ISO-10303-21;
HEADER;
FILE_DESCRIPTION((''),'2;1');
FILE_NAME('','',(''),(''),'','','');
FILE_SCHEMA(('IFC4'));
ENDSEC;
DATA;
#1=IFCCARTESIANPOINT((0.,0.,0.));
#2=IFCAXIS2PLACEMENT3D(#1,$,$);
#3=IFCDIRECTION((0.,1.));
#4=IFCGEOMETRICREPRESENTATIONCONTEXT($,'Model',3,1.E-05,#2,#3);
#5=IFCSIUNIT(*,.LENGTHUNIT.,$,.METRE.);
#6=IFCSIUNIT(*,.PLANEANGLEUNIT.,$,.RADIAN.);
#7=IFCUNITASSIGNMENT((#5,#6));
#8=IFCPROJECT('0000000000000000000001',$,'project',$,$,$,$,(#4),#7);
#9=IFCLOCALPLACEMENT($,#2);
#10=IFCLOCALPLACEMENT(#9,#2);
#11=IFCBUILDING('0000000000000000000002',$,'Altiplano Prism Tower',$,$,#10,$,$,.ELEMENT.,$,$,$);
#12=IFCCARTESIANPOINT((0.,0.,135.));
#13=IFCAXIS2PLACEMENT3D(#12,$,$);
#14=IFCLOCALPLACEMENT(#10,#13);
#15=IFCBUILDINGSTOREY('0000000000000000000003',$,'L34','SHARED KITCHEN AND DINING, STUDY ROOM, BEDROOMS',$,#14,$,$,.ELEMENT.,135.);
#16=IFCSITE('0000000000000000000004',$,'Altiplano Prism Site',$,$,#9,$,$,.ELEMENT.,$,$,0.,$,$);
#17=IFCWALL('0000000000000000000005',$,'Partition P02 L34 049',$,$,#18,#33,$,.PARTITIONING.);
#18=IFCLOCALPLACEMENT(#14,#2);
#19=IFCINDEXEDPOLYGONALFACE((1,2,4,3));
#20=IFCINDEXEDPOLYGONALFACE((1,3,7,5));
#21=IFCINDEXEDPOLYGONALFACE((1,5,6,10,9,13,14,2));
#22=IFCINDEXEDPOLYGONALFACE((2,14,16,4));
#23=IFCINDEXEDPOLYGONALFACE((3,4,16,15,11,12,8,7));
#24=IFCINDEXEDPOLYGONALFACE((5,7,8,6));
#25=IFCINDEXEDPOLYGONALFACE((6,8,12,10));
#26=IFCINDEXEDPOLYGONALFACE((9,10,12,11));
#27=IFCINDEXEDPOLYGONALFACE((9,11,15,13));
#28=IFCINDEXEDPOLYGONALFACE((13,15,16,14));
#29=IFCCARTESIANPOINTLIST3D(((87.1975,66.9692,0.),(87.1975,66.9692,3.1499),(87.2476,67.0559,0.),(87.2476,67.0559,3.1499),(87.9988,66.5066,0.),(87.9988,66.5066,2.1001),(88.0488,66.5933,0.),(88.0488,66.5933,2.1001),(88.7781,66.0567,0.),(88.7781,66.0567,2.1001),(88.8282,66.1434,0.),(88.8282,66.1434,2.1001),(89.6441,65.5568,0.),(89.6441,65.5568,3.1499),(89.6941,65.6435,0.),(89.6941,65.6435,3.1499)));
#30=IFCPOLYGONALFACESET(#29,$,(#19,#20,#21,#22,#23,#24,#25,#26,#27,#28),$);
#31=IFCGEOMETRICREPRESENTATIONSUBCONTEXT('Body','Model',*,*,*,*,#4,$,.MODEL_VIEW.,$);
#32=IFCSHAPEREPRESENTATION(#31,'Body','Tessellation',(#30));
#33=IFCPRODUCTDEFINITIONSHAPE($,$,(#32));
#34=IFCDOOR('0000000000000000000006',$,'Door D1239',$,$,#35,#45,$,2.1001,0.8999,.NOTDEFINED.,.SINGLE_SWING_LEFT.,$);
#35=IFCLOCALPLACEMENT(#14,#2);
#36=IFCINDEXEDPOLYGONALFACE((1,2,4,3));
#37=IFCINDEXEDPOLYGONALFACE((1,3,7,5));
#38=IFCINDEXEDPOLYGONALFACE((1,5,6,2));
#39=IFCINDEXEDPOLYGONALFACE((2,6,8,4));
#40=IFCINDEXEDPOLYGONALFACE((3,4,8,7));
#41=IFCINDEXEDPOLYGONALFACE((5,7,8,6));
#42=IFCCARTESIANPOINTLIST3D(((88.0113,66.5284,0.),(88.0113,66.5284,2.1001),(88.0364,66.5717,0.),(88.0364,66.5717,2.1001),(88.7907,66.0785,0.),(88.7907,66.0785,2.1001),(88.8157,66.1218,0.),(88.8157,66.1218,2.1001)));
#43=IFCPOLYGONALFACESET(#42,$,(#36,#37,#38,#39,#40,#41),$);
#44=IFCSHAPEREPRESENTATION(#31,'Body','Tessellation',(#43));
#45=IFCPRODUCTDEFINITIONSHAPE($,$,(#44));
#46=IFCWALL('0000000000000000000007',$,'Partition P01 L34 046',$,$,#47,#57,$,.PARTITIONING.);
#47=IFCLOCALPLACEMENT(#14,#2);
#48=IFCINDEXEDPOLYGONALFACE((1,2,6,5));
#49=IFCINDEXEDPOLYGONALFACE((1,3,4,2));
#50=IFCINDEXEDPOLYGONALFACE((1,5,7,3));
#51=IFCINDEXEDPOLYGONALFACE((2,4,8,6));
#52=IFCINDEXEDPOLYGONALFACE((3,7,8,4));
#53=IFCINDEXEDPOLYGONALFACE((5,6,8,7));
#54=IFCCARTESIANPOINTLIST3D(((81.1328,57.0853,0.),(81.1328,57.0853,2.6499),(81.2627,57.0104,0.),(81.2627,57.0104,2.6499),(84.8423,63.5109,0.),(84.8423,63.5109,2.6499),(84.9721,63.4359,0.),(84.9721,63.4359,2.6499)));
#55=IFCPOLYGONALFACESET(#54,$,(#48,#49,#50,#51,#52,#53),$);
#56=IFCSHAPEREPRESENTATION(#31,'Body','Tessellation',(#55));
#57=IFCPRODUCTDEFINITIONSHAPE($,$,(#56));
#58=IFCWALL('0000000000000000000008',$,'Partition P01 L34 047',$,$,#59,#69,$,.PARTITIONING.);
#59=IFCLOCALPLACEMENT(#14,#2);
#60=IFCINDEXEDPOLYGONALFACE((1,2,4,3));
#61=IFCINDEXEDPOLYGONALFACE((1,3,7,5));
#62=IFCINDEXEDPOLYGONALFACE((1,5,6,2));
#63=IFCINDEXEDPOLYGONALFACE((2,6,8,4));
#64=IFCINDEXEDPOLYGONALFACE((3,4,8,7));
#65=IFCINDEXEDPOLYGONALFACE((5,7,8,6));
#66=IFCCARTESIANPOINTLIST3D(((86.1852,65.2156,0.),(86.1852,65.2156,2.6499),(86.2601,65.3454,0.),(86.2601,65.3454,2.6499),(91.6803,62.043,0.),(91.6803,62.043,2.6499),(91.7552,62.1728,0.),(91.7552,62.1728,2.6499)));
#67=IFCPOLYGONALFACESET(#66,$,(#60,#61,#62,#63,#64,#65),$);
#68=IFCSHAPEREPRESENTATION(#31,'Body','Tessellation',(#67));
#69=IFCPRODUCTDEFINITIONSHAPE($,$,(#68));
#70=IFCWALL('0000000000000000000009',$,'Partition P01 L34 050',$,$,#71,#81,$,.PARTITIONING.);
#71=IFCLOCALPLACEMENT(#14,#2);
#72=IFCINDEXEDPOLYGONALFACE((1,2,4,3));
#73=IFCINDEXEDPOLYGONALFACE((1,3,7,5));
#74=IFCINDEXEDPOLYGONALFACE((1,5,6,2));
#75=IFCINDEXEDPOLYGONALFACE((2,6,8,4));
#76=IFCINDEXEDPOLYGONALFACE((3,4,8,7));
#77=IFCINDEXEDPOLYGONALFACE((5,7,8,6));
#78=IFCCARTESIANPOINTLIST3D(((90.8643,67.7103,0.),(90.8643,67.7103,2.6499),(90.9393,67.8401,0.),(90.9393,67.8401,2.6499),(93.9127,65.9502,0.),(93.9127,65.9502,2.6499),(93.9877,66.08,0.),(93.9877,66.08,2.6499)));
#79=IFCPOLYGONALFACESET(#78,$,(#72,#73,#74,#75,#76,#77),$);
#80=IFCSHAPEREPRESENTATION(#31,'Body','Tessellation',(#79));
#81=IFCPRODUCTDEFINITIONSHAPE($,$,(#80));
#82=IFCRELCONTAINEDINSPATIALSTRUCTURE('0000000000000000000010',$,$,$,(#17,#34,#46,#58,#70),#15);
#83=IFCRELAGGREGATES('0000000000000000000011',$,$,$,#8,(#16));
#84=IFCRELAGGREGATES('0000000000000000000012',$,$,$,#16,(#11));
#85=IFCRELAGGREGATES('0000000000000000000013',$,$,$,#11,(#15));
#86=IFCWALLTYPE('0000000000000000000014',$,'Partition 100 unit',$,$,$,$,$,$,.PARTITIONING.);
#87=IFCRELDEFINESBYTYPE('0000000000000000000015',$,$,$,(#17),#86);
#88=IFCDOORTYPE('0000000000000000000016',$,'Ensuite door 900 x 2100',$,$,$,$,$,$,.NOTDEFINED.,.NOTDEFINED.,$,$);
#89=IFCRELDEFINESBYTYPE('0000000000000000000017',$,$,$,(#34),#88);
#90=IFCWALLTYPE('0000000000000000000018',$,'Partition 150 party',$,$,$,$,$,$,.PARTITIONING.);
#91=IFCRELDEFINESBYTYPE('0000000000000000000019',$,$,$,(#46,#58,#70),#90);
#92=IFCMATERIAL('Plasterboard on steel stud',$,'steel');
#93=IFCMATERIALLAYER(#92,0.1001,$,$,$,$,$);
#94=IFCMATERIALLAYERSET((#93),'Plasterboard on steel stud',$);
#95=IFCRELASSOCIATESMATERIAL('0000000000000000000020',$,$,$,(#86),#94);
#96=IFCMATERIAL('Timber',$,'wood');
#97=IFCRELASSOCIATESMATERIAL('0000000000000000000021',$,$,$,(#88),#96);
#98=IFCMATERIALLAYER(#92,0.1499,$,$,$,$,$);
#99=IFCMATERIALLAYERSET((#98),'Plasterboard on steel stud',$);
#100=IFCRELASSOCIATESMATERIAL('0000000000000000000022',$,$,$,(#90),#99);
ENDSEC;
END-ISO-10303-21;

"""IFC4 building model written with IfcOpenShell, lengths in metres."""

from ifc_helpers import new_model, si_unit, direction, frame, frame_2d, origin, place, context, subcontext, project, spatial, rectangle, extrude, material, layer, layer_set, type_object, element, fill, save


model = new_model("IFC4")

# Units and contexts
model_context = context("Model", 3, precision=1e-05, world=origin(), true_north=direction((0.0, 1.0)))
body_context = subcontext(model_context, "Body", "Model", "MODEL_VIEW")
ifc_project = project(units=[si_unit("LENGTHUNIT", "METRE"), si_unit("PLANEANGLEUNIT", "RADIAN")], contexts=[model_context])

# Site, building, storey
site_placement = place(None, origin())
site = spatial("IfcSite", under=ifc_project, at=site_placement, Name="Altiplano Prism Site", CompositionType="ELEMENT", RefElevation=0.0)
building_placement = place(site_placement, origin())
building = spatial("IfcBuilding", under=site, at=building_placement, Name="Altiplano Prism Tower", CompositionType="ELEMENT")
storey_placement = place(building_placement, frame((0.0, 0.0, 135.0)))
storey = spatial("IfcBuildingStorey", under=building, at=storey_placement, Name="L34", Description="SHARED KITCHEN AND DINING, STUDY ROOM, BEDROOMS", CompositionType="ELEMENT", Elevation=135.0)

# Wall, opening, door
ifc_material_1 = material(Name="Plasterboard on steel stud", Category="steel")
ifc_layer_1 = layer(ifc_material_1, 0.1001)
ifc_layer_set_1 = layer_set([ifc_layer_1], Name="Plasterboard on steel stud")
wall_type_1 = type_object("IfcWallType", Name="Partition 100 unit", PredefinedType="PARTITIONING", material=ifc_layer_set_1)
wall_1_placement = place(storey_placement, frame((89.6692, 65.6001, 0.0), z_axis=(0.0, 0.0, 1.0), x_axis=(-0.866049, 0.499959, 0.0)))
wall_1 = element("IfcWall", 1, at=wall_1_placement, inside=storey, type_object=wall_type_1, Name="Partition P02 L34 049", PredefinedType="PARTITIONING", context=body_context, shape_type="SweptSolid", body=[
    extrude(rectangle(XDim=2.825, YDim=0.1001, at=frame_2d((1.4126, 0.0))), origin(), (0.0, 0.0, 1.0), 3.1499),
])
opening_1_placement = place(wall_1_placement, frame((1.0, 0.0, 0.0)))
opening_1 = element("IfcOpeningElement", 2, at=opening_1_placement, cuts=wall_1, PredefinedType="OPENING", context=body_context, shape_type="SweptSolid", body=[
    extrude(rectangle(XDim=0.8999, YDim=2.1001, at=frame_2d((0.45, 1.05))), frame((0.0, 0.0605, 0.0), z_axis=(0.0, -1.0, 0.0), x_axis=(1.0, 0.0, 0.0)), (0.0, 0.0, 1.0), 0.1211),
])
ifc_material_2 = material(Name="Timber", Category="wood")
door_type_1 = type_object("IfcDoorType", Name="Ensuite door 900 x 2100", OperationType="NOTDEFINED", PredefinedType="NOTDEFINED", material=ifc_material_2)
door_1_placement = place(opening_1_placement, origin())
door_1 = element("IfcDoor", 3, at=door_1_placement, inside=storey, type_object=door_type_1, Name="Door D1239", OperationType="SINGLE_SWING_LEFT", OverallHeight=2.1001, OverallWidth=0.8999, PredefinedType="NOTDEFINED", context=body_context, shape_type="SweptSolid", body=[
    extrude(rectangle(XDim=0.8999, YDim=2.1001, at=frame_2d((0.45, 1.05))), frame((0.0, 0.0249, 0.0), z_axis=(0.0, -1.0, 0.0), x_axis=(1.0, 0.0, 0.0)), (0.0, 0.0, 1.0), 0.05),
])
fill(opening_1, door_1)

# Walls
ifc_layer_2 = layer(ifc_material_1, 0.1499)
ifc_layer_set_2 = layer_set([ifc_layer_2], Name="Plasterboard on steel stud")
wall_type_2 = type_object("IfcWallType", Name="Partition 150 party", PredefinedType="PARTITIONING", material=ifc_layer_set_2)
wall_2_placement = place(storey_placement, frame((81.1978, 57.0479, 0.0), z_axis=(0.0, 0.0, 1.0), x_axis=(0.499968, 0.866044, 0.0)))
element("IfcWall", 4, at=wall_2_placement, inside=storey, type_object=wall_type_2, Name="Partition P01 L34 046", PredefinedType="PARTITIONING", context=body_context, shape_type="SweptSolid", body=[
    extrude(rectangle(XDim=7.4194, YDim=0.1499, at=frame_2d((3.7097, 0.0))), origin(), (0.0, 0.0, 1.0), 2.6499),
])
wall_3_placement = place(storey_placement, frame((91.7178, 62.1079, 0.0), z_axis=(0.0, 0.0, 1.0), x_axis=(-0.866025, 0.5, 0.0)))
element("IfcWall", 5, at=wall_3_placement, inside=storey, type_object=wall_type_2, Name="Partition P01 L34 047", PredefinedType="PARTITIONING", context=body_context, shape_type="SweptSolid", body=[
    extrude(rectangle(XDim=6.3452, YDim=0.1499, at=frame_2d((3.1726, 0.0))), origin(), (0.0, 0.0, 1.0), 2.6499),
])
wall_4_placement = place(storey_placement, frame((93.9502, 66.0151, 0.0), z_axis=(0.0, 0.0, 1.0), x_axis=(-0.866019, 0.500011, 0.0)))
element("IfcWall", 6, at=wall_4_placement, inside=storey, type_object=wall_type_2, Name="Partition P01 L34 050", PredefinedType="PARTITIONING", context=body_context, shape_type="SweptSolid", body=[
    extrude(rectangle(XDim=3.52, YDim=0.1499, at=frame_2d((1.76, 0.0))), origin(), (0.0, 0.0, 1.0), 2.6499),
])

save(model, "model.ifc")
